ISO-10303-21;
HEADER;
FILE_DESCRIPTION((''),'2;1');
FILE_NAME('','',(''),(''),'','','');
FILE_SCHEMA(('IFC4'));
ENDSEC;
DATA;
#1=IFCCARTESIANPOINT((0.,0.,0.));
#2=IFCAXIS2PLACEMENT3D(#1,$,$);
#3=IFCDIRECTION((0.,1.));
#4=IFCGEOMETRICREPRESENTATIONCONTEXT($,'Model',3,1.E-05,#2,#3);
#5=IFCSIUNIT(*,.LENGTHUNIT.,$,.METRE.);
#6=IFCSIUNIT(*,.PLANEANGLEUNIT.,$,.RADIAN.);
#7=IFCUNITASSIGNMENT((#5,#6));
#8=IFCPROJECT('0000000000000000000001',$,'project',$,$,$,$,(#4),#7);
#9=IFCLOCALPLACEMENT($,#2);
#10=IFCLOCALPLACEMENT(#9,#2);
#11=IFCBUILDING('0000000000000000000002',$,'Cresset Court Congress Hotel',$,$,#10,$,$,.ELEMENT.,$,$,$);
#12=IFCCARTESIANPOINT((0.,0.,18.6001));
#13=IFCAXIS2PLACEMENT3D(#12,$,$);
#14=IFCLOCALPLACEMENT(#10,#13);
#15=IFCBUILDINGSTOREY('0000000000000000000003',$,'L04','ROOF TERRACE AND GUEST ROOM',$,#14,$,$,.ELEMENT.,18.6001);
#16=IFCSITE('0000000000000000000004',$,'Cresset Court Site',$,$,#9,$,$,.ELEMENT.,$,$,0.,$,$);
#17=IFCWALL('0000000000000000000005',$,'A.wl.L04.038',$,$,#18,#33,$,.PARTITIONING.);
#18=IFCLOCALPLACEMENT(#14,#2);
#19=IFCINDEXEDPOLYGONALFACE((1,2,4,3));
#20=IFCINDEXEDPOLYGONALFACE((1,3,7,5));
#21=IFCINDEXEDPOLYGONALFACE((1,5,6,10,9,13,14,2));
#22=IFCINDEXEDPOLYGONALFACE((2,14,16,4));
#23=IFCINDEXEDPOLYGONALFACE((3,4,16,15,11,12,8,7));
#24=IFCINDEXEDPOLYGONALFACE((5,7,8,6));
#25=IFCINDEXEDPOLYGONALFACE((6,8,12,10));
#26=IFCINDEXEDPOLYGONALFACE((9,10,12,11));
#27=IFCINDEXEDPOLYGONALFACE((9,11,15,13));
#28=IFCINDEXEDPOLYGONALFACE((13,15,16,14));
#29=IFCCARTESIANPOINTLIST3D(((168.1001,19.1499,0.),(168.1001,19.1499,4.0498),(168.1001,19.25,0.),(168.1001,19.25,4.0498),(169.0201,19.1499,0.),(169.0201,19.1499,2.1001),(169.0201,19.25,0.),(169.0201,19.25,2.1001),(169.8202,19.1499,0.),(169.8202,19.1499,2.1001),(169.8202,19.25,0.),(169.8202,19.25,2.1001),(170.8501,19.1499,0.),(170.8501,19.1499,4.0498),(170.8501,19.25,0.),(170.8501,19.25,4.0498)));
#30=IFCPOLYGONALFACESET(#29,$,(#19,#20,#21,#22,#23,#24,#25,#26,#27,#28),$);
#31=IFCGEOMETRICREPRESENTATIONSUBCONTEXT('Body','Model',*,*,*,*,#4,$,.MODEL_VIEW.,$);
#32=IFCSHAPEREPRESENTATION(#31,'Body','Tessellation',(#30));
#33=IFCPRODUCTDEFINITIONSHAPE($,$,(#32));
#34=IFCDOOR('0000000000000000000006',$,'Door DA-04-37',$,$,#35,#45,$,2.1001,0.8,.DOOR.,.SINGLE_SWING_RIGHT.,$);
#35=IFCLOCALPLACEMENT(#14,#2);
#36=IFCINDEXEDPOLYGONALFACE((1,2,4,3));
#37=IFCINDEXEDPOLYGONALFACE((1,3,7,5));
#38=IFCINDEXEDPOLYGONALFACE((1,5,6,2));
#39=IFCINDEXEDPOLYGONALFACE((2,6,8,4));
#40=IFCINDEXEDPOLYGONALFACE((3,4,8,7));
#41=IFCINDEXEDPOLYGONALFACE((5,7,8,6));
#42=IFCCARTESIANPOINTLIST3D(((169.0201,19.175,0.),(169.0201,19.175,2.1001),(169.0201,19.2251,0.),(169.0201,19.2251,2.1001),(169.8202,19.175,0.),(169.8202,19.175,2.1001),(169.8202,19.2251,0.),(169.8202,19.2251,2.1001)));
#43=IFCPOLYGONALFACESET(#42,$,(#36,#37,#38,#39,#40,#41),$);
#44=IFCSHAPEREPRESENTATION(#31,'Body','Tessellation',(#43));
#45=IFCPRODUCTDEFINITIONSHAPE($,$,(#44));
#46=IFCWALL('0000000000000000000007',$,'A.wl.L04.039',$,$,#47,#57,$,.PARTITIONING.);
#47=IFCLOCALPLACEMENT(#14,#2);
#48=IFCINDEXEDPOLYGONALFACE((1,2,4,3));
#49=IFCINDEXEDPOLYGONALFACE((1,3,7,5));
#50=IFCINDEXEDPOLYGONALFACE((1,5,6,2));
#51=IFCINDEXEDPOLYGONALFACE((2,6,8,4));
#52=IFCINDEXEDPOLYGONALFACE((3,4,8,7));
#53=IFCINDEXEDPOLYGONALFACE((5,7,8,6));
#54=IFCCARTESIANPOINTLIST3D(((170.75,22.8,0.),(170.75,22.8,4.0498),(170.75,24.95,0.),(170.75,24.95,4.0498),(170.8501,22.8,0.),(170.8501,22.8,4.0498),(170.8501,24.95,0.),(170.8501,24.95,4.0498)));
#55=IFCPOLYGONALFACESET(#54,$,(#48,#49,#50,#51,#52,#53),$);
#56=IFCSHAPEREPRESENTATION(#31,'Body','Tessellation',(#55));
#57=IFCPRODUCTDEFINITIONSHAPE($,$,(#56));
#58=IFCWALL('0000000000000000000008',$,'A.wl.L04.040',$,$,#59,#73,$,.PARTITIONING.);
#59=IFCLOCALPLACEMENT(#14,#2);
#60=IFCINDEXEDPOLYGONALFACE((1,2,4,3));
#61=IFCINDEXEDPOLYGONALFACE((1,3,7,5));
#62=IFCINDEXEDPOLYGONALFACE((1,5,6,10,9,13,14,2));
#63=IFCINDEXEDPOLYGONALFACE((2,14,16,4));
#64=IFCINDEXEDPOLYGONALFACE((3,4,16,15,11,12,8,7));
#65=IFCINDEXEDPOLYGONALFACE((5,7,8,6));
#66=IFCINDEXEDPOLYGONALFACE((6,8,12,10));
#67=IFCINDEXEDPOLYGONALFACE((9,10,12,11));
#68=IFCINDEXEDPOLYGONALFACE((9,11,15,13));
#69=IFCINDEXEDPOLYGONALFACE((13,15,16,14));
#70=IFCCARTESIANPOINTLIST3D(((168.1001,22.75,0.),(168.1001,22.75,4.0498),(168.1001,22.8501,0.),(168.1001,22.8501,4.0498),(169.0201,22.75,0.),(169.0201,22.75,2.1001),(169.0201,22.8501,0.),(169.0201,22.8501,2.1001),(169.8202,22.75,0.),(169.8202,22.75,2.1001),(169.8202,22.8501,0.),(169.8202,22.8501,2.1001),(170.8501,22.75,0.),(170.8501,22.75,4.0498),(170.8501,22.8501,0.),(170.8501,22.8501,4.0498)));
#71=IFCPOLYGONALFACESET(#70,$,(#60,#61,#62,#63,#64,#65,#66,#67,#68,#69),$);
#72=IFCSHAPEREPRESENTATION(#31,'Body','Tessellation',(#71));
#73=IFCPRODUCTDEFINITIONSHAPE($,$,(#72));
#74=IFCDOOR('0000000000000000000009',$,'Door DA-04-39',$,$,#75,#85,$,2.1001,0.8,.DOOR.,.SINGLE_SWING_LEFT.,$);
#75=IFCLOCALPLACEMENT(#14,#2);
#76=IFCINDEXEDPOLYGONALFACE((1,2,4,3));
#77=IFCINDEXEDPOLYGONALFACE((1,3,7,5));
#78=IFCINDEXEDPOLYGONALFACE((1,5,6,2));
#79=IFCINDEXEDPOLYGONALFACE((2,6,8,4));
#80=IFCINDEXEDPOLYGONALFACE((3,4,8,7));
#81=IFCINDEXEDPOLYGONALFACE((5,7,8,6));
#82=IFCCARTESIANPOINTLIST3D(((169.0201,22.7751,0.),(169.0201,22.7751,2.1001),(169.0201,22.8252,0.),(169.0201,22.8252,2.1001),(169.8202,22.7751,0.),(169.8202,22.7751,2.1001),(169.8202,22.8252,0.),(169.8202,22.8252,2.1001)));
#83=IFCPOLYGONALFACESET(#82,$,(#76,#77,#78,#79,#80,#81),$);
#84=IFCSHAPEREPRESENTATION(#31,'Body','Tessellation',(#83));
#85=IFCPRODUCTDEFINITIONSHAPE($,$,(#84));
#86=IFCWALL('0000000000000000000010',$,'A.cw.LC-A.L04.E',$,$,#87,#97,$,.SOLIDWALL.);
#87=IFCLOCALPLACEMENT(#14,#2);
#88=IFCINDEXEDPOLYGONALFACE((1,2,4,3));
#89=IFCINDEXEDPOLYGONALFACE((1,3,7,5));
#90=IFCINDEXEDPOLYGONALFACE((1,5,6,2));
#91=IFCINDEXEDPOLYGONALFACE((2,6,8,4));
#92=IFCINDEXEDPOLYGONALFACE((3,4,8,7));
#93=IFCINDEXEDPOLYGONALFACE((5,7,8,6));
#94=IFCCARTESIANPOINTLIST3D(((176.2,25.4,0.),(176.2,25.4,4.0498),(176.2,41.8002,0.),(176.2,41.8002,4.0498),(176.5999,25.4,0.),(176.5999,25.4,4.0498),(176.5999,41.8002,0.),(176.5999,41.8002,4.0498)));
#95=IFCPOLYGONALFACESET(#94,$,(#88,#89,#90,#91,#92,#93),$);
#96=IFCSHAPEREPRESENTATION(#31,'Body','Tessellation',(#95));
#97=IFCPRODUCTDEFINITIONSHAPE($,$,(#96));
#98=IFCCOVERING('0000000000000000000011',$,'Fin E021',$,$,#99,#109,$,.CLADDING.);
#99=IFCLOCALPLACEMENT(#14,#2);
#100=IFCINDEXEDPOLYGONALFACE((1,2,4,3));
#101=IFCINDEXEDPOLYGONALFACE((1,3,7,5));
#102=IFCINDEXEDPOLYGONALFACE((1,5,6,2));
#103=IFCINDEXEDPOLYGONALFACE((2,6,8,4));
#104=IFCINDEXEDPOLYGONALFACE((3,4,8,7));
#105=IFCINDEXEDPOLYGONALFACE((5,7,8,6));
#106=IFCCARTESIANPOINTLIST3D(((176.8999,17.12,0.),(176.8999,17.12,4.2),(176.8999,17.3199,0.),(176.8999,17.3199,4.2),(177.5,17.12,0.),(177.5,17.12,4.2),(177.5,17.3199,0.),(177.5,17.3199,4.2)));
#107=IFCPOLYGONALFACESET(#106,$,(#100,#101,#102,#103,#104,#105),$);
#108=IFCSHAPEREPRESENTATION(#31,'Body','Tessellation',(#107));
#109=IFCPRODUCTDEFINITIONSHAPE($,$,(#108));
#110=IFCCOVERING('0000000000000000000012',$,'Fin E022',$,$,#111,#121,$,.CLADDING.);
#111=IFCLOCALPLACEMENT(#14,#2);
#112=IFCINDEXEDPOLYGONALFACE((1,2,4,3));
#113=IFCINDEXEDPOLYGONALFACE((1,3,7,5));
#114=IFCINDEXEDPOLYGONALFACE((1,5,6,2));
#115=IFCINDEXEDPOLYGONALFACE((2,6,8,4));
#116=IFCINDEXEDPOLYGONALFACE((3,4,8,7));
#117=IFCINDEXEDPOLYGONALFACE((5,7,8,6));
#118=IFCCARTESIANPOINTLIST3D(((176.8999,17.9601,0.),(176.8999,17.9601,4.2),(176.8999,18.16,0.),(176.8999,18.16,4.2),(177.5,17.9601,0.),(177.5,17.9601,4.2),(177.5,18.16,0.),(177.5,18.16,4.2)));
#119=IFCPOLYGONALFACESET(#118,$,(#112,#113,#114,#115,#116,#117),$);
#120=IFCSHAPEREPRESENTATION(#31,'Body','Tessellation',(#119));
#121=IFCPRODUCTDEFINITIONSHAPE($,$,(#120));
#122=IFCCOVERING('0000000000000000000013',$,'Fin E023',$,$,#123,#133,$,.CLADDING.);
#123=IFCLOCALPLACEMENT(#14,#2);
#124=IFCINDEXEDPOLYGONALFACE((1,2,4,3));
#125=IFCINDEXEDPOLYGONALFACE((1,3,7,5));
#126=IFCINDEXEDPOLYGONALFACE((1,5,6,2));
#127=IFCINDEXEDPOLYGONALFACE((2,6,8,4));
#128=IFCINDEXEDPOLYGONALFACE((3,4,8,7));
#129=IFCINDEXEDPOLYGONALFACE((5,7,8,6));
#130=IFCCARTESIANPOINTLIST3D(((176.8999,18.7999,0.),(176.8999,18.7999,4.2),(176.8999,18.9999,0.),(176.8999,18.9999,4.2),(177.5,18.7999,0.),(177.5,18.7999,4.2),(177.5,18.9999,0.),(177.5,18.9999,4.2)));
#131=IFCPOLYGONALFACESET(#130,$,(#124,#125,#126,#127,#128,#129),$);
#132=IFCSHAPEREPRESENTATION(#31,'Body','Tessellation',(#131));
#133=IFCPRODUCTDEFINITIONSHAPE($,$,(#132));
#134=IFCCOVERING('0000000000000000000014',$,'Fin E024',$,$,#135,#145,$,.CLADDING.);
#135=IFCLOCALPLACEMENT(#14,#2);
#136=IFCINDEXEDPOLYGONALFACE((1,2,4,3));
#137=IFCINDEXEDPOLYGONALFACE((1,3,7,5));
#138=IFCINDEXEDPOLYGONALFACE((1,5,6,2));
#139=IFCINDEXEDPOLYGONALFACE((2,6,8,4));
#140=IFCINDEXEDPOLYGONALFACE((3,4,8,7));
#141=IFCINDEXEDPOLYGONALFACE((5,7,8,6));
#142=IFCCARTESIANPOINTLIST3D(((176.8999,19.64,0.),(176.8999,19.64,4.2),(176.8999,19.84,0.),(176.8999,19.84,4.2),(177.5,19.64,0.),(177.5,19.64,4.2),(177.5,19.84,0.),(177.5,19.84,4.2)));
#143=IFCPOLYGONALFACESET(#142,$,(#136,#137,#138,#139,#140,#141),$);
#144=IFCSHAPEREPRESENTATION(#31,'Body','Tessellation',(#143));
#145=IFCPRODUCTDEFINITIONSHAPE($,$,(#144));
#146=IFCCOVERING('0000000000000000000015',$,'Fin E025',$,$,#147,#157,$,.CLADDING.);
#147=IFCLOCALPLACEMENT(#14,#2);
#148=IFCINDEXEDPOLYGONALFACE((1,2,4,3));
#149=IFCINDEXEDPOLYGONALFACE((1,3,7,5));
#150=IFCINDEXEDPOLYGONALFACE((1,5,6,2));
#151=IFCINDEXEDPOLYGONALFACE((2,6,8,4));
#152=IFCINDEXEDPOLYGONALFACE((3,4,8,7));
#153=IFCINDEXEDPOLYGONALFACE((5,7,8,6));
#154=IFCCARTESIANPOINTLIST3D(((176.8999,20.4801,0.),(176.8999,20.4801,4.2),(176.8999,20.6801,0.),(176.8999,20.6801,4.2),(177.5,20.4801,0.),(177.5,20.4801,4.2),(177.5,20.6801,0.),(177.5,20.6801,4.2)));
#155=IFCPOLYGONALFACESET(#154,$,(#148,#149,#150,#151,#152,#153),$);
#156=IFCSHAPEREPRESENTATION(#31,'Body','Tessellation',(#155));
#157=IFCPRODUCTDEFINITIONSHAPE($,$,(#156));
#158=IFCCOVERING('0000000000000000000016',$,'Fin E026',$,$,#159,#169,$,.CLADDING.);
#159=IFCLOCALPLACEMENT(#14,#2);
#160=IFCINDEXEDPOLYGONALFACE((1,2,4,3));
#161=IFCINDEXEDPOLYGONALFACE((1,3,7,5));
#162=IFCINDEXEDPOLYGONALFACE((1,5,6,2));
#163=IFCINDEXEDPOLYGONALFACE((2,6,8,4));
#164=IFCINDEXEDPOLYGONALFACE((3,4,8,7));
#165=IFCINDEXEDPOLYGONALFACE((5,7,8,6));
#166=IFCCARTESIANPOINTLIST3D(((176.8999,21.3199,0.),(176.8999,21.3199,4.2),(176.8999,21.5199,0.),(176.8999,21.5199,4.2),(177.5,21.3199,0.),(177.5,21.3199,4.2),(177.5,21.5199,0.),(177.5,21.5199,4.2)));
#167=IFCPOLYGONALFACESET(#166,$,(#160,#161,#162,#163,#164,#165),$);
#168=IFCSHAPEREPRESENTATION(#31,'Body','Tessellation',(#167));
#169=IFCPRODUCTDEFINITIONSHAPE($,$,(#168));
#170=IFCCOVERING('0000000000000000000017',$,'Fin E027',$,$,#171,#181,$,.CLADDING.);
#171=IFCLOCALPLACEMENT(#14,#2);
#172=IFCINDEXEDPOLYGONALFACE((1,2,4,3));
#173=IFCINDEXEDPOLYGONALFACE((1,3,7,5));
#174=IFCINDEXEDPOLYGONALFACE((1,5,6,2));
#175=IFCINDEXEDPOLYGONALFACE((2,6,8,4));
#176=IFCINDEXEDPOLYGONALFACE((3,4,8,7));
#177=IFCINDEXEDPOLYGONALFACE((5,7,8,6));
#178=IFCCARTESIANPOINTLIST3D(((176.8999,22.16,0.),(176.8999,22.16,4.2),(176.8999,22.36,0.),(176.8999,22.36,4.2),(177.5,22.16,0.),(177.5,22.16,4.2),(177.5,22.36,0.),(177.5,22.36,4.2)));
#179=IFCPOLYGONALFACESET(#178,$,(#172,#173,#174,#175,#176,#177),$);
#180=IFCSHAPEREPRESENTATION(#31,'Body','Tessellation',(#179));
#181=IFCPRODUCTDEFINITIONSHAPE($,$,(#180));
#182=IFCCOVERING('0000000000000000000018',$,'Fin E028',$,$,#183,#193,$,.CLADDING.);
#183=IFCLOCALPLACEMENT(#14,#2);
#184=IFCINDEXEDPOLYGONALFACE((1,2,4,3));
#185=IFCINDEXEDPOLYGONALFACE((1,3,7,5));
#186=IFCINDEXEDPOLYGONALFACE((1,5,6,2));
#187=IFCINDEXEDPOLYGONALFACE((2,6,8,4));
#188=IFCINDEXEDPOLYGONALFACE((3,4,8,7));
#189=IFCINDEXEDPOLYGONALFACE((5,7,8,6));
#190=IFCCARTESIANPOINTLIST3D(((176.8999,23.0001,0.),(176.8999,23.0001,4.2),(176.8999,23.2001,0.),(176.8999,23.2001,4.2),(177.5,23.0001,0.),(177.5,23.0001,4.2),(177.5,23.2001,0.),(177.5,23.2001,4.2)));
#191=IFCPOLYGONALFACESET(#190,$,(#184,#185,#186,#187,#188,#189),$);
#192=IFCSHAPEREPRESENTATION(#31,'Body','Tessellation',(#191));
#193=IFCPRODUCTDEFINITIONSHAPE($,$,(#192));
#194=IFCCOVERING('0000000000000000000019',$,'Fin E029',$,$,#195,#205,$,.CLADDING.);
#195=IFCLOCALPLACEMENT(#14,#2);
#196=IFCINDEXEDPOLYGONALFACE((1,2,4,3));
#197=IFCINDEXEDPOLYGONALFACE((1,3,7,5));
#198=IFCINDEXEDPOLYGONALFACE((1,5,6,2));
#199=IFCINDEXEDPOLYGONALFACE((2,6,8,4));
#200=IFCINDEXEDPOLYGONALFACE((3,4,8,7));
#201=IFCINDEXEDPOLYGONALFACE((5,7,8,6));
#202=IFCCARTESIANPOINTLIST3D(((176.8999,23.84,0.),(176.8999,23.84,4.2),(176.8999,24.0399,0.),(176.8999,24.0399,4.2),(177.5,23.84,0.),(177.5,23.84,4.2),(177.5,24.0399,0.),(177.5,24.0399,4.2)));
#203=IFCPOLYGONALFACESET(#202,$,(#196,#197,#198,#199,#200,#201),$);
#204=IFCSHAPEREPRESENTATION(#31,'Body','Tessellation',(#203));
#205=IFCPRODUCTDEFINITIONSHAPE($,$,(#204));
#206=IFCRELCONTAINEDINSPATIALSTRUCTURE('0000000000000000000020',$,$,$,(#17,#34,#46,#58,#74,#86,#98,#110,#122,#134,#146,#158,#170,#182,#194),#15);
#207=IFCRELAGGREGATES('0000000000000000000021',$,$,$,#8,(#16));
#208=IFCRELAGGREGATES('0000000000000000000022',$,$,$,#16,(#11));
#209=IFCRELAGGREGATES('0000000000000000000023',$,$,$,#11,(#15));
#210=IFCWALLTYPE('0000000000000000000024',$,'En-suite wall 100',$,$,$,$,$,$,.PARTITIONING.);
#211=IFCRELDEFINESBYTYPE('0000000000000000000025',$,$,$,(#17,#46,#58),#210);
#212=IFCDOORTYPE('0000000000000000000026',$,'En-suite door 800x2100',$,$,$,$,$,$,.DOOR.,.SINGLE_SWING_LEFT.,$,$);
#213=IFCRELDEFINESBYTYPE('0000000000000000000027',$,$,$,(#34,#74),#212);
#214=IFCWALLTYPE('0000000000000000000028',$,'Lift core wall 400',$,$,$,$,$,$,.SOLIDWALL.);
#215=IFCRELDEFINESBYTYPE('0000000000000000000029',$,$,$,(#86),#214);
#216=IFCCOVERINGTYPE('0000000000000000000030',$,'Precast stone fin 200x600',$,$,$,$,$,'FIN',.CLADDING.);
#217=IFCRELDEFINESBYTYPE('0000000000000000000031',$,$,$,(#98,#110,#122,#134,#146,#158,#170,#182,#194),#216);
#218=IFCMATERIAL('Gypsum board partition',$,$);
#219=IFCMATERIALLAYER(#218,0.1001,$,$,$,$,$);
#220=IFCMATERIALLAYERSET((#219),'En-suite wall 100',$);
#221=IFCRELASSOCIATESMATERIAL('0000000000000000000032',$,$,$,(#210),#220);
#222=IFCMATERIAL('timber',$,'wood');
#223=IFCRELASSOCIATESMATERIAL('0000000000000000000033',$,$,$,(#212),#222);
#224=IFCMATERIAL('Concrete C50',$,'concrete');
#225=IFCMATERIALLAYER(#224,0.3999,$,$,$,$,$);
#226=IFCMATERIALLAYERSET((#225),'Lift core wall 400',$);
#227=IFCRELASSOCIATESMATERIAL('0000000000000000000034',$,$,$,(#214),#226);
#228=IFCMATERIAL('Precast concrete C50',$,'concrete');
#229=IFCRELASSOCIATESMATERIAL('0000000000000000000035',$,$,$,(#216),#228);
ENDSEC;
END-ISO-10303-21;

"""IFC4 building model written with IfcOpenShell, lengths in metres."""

from ifc_helpers import new_model, si_unit, direction, frame, frame_2d, origin, origin_2d, place, context, subcontext, project, spatial, rectangle, extrude, material, layer, layer_set, type_object, element, fill, save


model = new_model("IFC4")

# Units and contexts
model_context = context("Model", 3, precision=1e-05, world=origin(), true_north=direction((0.0, 1.0)))
body_context = subcontext(model_context, "Body", "Model", "MODEL_VIEW")
ifc_project = project(units=[si_unit("LENGTHUNIT", "METRE"), si_unit("PLANEANGLEUNIT", "RADIAN")], contexts=[model_context])

# Site, building, storey
site_placement = place(None, origin())
site = spatial("IfcSite", under=ifc_project, at=site_placement, Name="Cresset Court Site", CompositionType="ELEMENT", RefElevation=0.0)
building_placement = place(site_placement, origin())
building = spatial("IfcBuilding", under=site, at=building_placement, Name="Cresset Court Congress Hotel", CompositionType="ELEMENT")
storey_placement = place(building_placement, frame((0.0, 0.0, 18.6001)))
storey = spatial("IfcBuildingStorey", under=building, at=storey_placement, Name="L04", Description="ROOF TERRACE AND GUEST ROOM", CompositionType="ELEMENT", Elevation=18.6001)

# Wall, opening, door
ifc_material_1 = material(Name="Gypsum board partition")
ifc_layer_1 = layer(ifc_material_1, 0.1001)
ifc_layer_set_1 = layer_set([ifc_layer_1], Name="En-suite wall 100")
wall_type_1 = type_object("IfcWallType", Name="En-suite wall 100", PredefinedType="PARTITIONING", material=ifc_layer_set_1)
wall_1_placement = place(storey_placement, frame((170.8501, 19.2, 0.0), z_axis=(0.0, 0.0, 1.0), x_axis=(-1.0, 0.0, 0.0)))
wall_1 = element("IfcWall", 1, at=wall_1_placement, inside=storey, type_object=wall_type_1, Name="A.wl.L04.038", PredefinedType="PARTITIONING", context=body_context, shape_type="SweptSolid", body=[
    extrude(rectangle(XDim=2.75, YDim=0.1001, at=frame_2d((1.375, 0.0))), origin(), (0.0, 0.0, 1.0), 4.0498),
])
opening_1_placement = place(wall_1_placement, frame((1.03, 0.0, 0.0)))
opening_1 = element("IfcOpeningElement", 2, at=opening_1_placement, cuts=wall_1, PredefinedType="OPENING", context=body_context, shape_type="SweptSolid", body=[
    extrude(rectangle(XDim=0.8, YDim=2.1001, at=frame_2d((0.3999, 1.05))), frame((0.0, 0.0601, 0.0), z_axis=(0.0, -1.0, 0.0), x_axis=(1.0, 0.0, 0.0)), (0.0, 0.0, 1.0), 0.1201),
])
ifc_material_2 = material(Name="timber", Category="wood")
door_type = type_object("IfcDoorType", Name="En-suite door 800x2100", OperationType="SINGLE_SWING_LEFT", PredefinedType="DOOR", material=ifc_material_2)
door_1_placement = place(opening_1_placement, origin())
door_1 = element("IfcDoor", 3, at=door_1_placement, inside=storey, type_object=door_type, Name="Door DA-04-37", OperationType="SINGLE_SWING_RIGHT", OverallHeight=2.1001, OverallWidth=0.8, PredefinedType="DOOR", context=body_context, shape_type="SweptSolid", body=[
    extrude(rectangle(XDim=0.8, YDim=2.1001, at=frame_2d((0.3999, 1.05))), frame((0.0, 0.0249, 0.0), z_axis=(0.0, -1.0, 0.0), x_axis=(1.0, 0.0, 0.0)), (0.0, 0.0, 1.0), 0.05),
])
fill(opening_1, door_1)

# Wall
wall_2_placement = place(storey_placement, frame((170.8, 22.8, 0.0), z_axis=(0.0, 0.0, 1.0), x_axis=(0.0, 1.0, 0.0)))
element("IfcWall", 4, at=wall_2_placement, inside=storey, type_object=wall_type_1, Name="A.wl.L04.039", PredefinedType="PARTITIONING", context=body_context, shape_type="SweptSolid", body=[
    extrude(rectangle(XDim=2.1499, YDim=0.1001, at=frame_2d((1.075, 0.0))), origin(), (0.0, 0.0, 1.0), 4.0498),
])

# Wall, opening, door
wall_3_placement = place(storey_placement, frame((170.8501, 22.8, 0.0), z_axis=(0.0, 0.0, 1.0), x_axis=(-1.0, 0.0, 0.0)))
wall_3 = element("IfcWall", 5, at=wall_3_placement, inside=storey, type_object=wall_type_1, Name="A.wl.L04.040", PredefinedType="PARTITIONING", context=body_context, shape_type="SweptSolid", body=[
    extrude(rectangle(XDim=2.75, YDim=0.1001, at=frame_2d((1.375, 0.0))), origin(), (0.0, 0.0, 1.0), 4.0498),
])
opening_2_placement = place(wall_3_placement, frame((1.03, 0.0, 0.0)))
opening_2 = element("IfcOpeningElement", 6, at=opening_2_placement, cuts=wall_3, PredefinedType="OPENING", context=body_context, shape_type="SweptSolid", body=[
    extrude(rectangle(XDim=0.8, YDim=2.1001, at=frame_2d((0.3999, 1.05))), frame((0.0, 0.0601, 0.0), z_axis=(0.0, -1.0, 0.0), x_axis=(1.0, 0.0, 0.0)), (0.0, 0.0, 1.0), 0.1201),
])
door_2_placement = place(opening_2_placement, origin())
door_2 = element("IfcDoor", 7, at=door_2_placement, inside=storey, type_object=door_type, Name="Door DA-04-39", OperationType="SINGLE_SWING_LEFT", OverallHeight=2.1001, OverallWidth=0.8, PredefinedType="DOOR", context=body_context, shape_type="SweptSolid", body=[
    extrude(rectangle(XDim=0.8, YDim=2.1001, at=frame_2d((0.3999, 1.05))), frame((0.0, 0.0249, 0.0), z_axis=(0.0, -1.0, 0.0), x_axis=(1.0, 0.0, 0.0)), (0.0, 0.0, 1.0), 0.05),
])
fill(opening_2, door_2)

# Wall
ifc_material_3 = material(Name="Concrete C50", Category="concrete")
ifc_layer_2 = layer(ifc_material_3, 0.3999)
ifc_layer_set_2 = layer_set([ifc_layer_2], Name="Lift core wall 400")
wall_type_2 = type_object("IfcWallType", Name="Lift core wall 400", PredefinedType="SOLIDWALL", material=ifc_layer_set_2)
wall_4_placement = place(storey_placement, frame((176.3999, 25.3999, 0.0), z_axis=(0.0, 0.0, 1.0), x_axis=(0.0, 1.0, 0.0)))
element("IfcWall", 8, at=wall_4_placement, inside=storey, type_object=wall_type_2, Name="A.cw.LC-A.L04.E", PredefinedType="SOLIDWALL", context=body_context, shape_type="SweptSolid", body=[
    extrude(rectangle(XDim=16.4001, YDim=0.3999, at=frame_2d((8.2002, 0.0))), origin(), (0.0, 0.0, 1.0), 4.0498),
])

# Coverings
ifc_material_4 = material(Name="Precast concrete C50", Category="concrete")
covering_type_1 = type_object("IfcCoveringType", Name="Precast stone fin 200x600", ElementType="FIN", PredefinedType="CLADDING", material=ifc_material_4)
for number, where, z_axis, x_axis, name in (
    (9, (177.2, 17.22, 0.0), (0.0, 0.0, 1.0), (1.0, 0.0, 0.0), "Fin E021"),
    (10, (177.2, 18.0601, 0.0), (0.0, 0.0, 1.0), (1.0, 0.0, 0.0), "Fin E022"),
    (11, (177.2, 18.8999, 0.0), (0.0, 0.0, 1.0), (1.0, 0.0, 0.0), "Fin E023"),
    (12, (177.2, 19.74, 0.0), (0.0, 0.0, 1.0), (1.0, 0.0, 0.0), "Fin E024"),
    (13, (177.2, 20.5801, 0.0), (0.0, 0.0, 1.0), (1.0, 0.0, 0.0), "Fin E025"),
    (14, (177.2, 21.4199, 0.0), (0.0, 0.0, 1.0), (1.0, 0.0, 0.0), "Fin E026"),
    (15, (177.2, 22.26, 0.0), (0.0, 0.0, 1.0), (1.0, 0.0, 0.0), "Fin E027"),
    (16, (177.2, 23.1001, 0.0), (0.0, 0.0, 1.0), (1.0, 0.0, 0.0), "Fin E028"),
    (17, (177.2, 23.9399, 0.0), (0.0, 0.0, 1.0), (1.0, 0.0, 0.0), "Fin E029"),
):
    element("IfcCovering", number, at=place(storey_placement, frame(where, z_axis=z_axis, x_axis=x_axis)), inside=storey, type_object=covering_type_1, Name=name, PredefinedType="CLADDING", context=body_context, shape_type="SweptSolid", body=[
        extrude(rectangle(XDim=0.6001, YDim=0.2, at=origin_2d()), origin(), (0.0, 0.0, 1.0), 4.2),
    ])

save(model, "model.ifc")
